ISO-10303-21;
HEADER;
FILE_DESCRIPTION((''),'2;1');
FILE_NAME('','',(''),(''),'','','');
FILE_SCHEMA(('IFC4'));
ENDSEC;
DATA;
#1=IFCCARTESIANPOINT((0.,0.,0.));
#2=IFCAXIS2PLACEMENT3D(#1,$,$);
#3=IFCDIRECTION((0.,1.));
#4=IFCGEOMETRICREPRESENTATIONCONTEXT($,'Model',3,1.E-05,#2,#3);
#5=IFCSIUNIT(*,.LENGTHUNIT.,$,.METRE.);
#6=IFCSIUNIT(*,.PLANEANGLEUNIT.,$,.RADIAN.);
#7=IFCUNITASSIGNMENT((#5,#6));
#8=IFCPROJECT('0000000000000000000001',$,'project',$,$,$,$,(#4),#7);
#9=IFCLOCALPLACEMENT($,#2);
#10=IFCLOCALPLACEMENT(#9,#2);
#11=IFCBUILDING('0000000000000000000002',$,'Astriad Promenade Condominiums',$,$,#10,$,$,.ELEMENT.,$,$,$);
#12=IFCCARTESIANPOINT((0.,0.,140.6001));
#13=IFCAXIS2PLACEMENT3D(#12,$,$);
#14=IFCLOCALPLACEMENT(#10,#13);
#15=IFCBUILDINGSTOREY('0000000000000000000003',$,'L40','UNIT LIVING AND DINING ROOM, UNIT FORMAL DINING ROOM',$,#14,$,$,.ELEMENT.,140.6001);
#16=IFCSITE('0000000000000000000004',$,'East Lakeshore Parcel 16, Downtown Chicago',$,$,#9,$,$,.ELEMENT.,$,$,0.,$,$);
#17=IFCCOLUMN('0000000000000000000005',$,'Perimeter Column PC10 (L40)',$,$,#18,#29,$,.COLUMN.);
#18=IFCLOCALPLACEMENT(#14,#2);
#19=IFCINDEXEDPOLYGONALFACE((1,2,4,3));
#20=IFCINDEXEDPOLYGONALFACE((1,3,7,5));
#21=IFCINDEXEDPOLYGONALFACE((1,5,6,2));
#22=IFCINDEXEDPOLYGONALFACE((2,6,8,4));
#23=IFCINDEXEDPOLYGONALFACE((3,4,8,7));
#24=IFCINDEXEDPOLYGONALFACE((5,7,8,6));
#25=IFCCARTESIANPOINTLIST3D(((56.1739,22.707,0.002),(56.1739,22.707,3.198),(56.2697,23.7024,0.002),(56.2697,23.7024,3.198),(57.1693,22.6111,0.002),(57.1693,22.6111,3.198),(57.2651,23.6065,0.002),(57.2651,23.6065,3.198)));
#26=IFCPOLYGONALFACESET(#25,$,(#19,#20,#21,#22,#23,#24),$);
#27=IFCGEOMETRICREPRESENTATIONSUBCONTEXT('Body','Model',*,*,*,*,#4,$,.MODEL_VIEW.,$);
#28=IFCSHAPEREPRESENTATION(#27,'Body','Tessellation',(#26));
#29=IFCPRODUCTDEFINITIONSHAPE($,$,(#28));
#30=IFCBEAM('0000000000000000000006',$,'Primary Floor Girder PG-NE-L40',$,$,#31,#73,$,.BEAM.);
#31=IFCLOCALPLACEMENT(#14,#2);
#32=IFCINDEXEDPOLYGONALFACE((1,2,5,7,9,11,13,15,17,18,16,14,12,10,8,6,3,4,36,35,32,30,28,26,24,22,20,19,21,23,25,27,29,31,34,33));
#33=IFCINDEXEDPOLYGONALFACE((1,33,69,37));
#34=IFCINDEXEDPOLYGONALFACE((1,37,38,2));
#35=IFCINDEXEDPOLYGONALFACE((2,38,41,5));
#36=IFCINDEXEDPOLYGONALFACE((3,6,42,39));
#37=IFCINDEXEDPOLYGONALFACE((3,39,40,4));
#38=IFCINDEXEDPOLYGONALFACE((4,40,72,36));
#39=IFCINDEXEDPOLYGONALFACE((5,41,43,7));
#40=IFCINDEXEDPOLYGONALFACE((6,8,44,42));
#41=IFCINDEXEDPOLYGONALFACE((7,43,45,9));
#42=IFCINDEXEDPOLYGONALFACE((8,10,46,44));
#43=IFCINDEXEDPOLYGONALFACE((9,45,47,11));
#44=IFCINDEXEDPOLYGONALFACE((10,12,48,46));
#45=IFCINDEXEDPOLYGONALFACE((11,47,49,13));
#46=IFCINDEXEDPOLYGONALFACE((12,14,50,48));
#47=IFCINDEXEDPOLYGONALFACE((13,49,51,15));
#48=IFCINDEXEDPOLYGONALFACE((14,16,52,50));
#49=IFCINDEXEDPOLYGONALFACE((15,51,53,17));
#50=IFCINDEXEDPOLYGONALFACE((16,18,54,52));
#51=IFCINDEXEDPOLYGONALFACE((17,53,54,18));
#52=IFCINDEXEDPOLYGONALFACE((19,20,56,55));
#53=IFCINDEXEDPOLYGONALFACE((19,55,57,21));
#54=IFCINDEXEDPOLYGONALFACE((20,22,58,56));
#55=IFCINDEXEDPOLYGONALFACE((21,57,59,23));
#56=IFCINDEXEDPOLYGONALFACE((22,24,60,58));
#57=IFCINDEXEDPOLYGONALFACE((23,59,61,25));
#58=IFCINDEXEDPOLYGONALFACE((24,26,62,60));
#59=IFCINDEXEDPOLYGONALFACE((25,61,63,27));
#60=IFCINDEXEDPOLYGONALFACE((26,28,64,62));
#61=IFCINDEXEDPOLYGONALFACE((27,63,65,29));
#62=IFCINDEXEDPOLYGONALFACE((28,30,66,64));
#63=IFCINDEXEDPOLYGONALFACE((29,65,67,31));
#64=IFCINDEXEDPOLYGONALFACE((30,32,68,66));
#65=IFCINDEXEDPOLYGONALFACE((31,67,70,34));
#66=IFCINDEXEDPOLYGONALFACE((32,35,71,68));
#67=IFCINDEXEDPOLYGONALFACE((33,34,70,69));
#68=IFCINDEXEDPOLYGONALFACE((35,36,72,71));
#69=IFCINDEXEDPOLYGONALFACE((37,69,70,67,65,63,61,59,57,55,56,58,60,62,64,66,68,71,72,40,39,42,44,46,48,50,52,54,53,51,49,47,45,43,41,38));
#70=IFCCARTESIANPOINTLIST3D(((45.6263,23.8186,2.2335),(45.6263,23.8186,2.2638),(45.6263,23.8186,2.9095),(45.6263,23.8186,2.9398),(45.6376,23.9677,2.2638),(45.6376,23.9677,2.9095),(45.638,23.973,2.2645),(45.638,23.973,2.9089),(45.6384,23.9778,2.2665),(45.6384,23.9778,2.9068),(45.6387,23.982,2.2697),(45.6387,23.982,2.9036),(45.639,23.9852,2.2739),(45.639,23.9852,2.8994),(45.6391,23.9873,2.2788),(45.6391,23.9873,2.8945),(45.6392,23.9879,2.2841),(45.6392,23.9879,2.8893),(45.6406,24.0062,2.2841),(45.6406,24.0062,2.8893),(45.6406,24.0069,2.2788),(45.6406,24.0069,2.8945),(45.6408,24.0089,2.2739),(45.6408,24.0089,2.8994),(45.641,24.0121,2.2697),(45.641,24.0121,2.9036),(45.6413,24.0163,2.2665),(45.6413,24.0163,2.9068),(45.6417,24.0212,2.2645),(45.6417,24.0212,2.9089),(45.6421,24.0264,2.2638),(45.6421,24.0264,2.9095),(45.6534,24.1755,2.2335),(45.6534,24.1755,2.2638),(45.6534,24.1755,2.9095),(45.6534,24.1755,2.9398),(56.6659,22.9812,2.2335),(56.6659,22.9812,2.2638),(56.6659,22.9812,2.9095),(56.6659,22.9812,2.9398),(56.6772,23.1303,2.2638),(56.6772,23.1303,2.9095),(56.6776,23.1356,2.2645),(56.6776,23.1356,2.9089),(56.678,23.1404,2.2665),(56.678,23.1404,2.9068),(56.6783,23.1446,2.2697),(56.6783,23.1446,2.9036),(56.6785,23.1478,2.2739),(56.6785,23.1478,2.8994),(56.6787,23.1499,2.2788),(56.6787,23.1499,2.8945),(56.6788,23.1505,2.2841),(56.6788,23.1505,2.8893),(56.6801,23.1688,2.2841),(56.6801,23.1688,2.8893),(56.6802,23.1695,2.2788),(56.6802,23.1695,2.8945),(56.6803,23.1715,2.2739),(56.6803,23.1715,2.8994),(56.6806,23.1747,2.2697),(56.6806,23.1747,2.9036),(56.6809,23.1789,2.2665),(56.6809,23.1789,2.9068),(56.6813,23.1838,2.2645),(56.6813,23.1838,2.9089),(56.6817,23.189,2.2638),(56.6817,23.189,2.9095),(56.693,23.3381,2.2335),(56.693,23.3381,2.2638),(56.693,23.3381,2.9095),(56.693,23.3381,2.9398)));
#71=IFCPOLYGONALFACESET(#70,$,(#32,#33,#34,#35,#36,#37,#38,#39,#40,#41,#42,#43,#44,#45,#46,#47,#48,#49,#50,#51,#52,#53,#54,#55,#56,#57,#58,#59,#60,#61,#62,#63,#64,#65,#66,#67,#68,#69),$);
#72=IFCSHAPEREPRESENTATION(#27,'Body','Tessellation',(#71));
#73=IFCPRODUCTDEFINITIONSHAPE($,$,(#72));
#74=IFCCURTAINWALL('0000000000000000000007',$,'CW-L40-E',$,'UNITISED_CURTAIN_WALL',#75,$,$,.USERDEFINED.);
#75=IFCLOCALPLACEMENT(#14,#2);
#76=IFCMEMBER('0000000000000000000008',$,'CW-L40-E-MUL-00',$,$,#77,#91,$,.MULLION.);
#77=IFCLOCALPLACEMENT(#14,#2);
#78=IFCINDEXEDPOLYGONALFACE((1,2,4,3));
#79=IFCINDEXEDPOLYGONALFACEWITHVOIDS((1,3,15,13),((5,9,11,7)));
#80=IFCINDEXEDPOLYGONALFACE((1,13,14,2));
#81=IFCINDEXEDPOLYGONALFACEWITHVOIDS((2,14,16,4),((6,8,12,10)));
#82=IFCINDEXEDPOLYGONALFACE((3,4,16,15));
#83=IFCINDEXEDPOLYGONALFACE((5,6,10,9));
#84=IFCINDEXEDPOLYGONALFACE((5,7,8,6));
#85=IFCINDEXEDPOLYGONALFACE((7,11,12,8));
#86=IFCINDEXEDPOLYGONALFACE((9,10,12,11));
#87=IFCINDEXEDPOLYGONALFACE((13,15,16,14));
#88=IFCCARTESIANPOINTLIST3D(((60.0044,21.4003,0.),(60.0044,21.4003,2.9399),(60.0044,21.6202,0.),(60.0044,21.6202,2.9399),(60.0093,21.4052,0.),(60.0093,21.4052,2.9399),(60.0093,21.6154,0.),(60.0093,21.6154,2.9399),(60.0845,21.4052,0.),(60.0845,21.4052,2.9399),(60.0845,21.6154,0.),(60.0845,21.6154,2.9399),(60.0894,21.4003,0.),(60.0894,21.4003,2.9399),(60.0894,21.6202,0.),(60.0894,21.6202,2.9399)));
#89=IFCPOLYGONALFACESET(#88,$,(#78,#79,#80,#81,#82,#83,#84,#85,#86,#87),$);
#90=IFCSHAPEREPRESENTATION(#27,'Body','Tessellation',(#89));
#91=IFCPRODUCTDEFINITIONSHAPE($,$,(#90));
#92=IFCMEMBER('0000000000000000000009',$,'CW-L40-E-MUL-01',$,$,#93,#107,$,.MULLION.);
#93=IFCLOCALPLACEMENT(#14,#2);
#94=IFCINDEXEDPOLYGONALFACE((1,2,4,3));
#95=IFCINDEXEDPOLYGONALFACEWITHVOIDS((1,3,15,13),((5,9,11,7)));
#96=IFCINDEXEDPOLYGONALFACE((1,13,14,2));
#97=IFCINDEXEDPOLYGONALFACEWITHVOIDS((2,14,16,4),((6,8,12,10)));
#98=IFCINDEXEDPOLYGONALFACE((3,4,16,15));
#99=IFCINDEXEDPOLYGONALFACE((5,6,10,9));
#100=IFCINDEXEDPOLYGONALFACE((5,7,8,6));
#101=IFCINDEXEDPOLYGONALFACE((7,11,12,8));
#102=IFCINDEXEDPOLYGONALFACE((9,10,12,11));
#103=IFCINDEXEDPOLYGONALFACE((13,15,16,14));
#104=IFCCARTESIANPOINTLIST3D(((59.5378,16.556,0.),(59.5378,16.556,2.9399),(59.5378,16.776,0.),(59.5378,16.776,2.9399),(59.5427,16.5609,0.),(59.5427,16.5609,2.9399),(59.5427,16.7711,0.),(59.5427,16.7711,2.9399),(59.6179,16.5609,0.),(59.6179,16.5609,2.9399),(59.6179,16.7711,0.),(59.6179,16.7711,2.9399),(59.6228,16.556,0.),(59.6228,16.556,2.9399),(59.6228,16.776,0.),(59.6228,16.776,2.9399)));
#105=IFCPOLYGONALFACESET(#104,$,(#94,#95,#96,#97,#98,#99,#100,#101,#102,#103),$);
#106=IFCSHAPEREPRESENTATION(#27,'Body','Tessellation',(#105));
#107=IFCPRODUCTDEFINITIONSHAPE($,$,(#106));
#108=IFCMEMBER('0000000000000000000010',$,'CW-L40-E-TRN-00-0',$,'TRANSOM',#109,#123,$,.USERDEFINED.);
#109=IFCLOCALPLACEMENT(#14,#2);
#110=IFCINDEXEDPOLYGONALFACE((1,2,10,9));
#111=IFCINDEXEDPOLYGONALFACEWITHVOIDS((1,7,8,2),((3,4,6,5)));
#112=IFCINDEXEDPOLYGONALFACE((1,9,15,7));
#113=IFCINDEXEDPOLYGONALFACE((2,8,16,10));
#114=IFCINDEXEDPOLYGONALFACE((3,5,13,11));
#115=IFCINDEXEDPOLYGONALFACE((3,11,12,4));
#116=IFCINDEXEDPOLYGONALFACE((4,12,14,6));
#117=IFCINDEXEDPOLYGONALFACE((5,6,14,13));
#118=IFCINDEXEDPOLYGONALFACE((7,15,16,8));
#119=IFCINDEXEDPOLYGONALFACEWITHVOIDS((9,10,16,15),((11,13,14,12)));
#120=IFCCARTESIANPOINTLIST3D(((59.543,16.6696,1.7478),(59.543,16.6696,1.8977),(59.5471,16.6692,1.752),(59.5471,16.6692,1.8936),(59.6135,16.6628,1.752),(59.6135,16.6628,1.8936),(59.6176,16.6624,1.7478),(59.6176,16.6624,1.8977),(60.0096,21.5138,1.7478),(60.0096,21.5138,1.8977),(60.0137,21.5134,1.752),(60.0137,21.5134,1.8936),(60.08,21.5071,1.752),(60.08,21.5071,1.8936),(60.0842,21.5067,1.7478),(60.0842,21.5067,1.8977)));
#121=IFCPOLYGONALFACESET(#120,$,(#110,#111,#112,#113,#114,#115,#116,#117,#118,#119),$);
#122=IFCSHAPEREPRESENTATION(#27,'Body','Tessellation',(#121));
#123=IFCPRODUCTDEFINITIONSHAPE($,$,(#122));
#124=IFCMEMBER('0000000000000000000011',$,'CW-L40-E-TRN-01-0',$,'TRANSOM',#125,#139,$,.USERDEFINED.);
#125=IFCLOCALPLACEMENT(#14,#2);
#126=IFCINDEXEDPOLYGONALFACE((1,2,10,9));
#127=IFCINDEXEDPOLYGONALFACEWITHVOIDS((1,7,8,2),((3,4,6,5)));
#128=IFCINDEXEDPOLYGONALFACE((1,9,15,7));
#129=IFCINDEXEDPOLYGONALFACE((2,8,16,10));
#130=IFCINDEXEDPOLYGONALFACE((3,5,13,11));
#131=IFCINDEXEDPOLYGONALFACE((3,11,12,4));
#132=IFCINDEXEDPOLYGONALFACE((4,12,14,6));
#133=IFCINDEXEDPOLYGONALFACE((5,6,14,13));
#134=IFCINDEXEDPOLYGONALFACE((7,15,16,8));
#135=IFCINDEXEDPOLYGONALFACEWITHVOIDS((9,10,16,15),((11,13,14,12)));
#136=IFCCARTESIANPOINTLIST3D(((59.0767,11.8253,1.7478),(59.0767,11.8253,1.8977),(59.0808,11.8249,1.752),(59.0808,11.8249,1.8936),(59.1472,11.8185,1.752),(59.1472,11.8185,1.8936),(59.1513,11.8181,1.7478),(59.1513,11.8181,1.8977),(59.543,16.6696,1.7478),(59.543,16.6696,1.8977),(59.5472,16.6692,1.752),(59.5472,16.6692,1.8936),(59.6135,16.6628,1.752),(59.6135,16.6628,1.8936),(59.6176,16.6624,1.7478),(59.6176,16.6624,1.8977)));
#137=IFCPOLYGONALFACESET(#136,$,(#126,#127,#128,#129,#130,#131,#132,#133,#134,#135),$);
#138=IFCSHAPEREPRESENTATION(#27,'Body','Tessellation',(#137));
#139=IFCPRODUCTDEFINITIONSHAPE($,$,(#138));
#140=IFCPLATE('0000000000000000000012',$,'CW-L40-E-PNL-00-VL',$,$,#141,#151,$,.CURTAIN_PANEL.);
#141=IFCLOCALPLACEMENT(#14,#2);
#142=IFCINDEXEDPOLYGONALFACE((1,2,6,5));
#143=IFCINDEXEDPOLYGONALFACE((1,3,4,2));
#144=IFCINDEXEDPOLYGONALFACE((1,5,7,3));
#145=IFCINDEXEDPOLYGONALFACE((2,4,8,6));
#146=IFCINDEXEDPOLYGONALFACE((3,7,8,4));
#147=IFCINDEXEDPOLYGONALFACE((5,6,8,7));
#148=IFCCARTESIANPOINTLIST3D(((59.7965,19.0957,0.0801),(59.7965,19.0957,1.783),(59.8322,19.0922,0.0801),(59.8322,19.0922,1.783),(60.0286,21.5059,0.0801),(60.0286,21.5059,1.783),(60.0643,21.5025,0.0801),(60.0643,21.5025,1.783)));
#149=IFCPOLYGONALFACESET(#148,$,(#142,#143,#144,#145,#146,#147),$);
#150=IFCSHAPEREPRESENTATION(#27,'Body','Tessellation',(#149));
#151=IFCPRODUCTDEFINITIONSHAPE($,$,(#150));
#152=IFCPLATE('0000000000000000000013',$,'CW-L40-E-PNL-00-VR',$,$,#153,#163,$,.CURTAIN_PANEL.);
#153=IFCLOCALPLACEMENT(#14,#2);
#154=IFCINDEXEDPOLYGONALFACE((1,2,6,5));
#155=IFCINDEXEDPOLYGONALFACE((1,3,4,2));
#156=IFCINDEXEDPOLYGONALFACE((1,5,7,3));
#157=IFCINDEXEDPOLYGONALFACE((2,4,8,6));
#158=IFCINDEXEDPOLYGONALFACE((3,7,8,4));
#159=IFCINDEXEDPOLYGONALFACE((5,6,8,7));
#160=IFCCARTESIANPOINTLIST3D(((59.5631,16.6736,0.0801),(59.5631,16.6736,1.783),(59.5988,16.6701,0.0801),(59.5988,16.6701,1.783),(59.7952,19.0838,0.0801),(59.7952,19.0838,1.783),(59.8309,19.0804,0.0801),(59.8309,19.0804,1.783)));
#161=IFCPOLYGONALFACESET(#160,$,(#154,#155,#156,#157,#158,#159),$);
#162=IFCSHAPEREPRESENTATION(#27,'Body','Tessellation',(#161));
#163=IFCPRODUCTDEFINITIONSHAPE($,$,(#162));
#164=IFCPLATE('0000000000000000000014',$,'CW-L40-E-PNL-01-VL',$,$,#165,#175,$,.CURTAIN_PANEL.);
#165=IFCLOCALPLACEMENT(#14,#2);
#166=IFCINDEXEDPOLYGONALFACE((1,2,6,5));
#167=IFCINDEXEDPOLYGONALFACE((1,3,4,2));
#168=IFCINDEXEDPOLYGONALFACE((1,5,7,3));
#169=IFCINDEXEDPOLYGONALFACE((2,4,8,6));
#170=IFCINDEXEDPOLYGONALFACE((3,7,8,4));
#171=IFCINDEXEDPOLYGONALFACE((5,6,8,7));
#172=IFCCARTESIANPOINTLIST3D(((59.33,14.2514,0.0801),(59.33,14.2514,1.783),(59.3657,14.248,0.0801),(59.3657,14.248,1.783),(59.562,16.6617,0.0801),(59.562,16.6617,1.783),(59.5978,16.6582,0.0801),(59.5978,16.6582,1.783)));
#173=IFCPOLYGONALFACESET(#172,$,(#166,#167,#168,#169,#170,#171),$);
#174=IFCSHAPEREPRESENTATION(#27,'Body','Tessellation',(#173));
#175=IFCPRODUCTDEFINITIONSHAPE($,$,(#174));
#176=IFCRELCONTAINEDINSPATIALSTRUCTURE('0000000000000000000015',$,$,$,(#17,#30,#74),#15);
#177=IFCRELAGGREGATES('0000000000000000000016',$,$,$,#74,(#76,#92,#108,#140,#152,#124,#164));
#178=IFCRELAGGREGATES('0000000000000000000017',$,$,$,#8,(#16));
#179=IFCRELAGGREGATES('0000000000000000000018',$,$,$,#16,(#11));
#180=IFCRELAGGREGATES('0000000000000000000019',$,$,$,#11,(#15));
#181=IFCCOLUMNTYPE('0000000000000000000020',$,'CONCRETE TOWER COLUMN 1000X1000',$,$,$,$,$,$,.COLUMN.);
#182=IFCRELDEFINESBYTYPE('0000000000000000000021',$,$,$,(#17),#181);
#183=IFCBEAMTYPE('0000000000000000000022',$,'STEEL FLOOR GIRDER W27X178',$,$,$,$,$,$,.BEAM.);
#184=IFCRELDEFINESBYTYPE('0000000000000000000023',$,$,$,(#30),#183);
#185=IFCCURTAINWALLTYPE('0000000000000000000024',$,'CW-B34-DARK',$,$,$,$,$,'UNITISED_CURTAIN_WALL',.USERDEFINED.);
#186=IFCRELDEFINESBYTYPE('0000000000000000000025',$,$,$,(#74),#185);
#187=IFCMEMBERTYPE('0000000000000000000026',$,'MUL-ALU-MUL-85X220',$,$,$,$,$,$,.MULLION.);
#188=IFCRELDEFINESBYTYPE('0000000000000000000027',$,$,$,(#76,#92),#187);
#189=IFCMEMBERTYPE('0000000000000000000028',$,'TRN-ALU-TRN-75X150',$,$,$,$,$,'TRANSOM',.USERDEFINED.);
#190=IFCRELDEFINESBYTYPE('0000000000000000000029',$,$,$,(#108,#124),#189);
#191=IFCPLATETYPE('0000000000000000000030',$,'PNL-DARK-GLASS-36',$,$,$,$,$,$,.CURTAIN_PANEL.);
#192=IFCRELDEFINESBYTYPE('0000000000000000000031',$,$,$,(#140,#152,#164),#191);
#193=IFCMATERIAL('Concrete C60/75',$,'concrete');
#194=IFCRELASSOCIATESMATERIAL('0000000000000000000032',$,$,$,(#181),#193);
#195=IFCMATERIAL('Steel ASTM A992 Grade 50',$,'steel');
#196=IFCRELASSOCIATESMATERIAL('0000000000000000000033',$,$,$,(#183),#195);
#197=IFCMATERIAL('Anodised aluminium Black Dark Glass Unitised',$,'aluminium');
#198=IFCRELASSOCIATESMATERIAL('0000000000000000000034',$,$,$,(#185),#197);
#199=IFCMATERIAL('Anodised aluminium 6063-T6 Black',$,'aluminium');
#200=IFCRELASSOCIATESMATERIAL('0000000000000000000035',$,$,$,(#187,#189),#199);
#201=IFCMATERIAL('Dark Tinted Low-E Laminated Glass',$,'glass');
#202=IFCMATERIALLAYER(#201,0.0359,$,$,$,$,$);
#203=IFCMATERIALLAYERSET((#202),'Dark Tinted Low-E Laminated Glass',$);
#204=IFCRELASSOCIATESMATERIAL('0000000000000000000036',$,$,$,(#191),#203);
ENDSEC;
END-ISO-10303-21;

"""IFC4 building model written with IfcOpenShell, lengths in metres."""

from ifc_helpers import new_model, si_unit, direction, frame, origin, origin_2d, place, context, subcontext, project, spatial, rectangle, hollow_rectangle, i_section, extrude, source, transform, mapped, material, layer, layer_set, material_profile, profile_set, type_object, type_shapes, element, aggregate, save


model = new_model("IFC4")

# Units and contexts
model_context = context("Model", 3, precision=1e-05, world=origin(), true_north=direction((0.0, 1.0)))
body_context = subcontext(model_context, "Body", "Model", "MODEL_VIEW")
ifc_project = project(units=[si_unit("LENGTHUNIT", "METRE"), si_unit("PLANEANGLEUNIT", "RADIAN")], contexts=[model_context])

# Site, building, storey
site_placement = place(None, origin())
site = spatial("IfcSite", under=ifc_project, at=site_placement, Name="East Lakeshore Parcel 16, Downtown Chicago", CompositionType="ELEMENT", RefElevation=0.0)
building_placement = place(site_placement, origin())
building = spatial("IfcBuilding", under=site, at=building_placement, Name="Astriad Promenade Condominiums", CompositionType="ELEMENT")
storey_placement = place(building_placement, frame((0.0, 0.0, 140.6001)))
storey = spatial("IfcBuildingStorey", under=building, at=storey_placement, Name="L40", Description="UNIT LIVING AND DINING ROOM, UNIT FORMAL DINING ROOM", CompositionType="ELEMENT", Elevation=140.6001)

# Column
ifc_material_1 = material(Name="Concrete C60/75", Category="concrete")
ifc_material_profile_1 = material_profile(ifc_material_1, rectangle(XDim=1.0, YDim=1.0, at=origin_2d()), Name="RC-COL-1000X1000")
ifc_profile_set_1 = profile_set([ifc_material_profile_1], Name="Concrete C60/75")
column_type = type_object("IfcColumnType", Name="CONCRETE TOWER COLUMN 1000X1000", PredefinedType="COLUMN", material=ifc_profile_set_1)
shared_shape_1 = source(origin(), body_context, "Body", "SweptSolid", [
    extrude(rectangle(XDim=1.0, YDim=1.0, at=origin_2d()), origin(), (0.0, 0.0, 1.0), 3.196),
])
type_shapes(column_type, [shared_shape_1])
column_placement = place(storey_placement, frame((56.7195, 23.1567, 0.002), z_axis=(0.0, 0.0, 1.0), x_axis=(0.995396, -0.095846, 0.0)))
element("IfcColumn", 1, at=column_placement, inside=storey, type_object=column_type, Name="Perimeter Column PC10 (L40)", PredefinedType="COLUMN", context=body_context, shape_type="MappedRepresentation", body=[
    mapped(shared_shape_1, transform((0.0, 0.0, 0.0), scale=1.0)),
])

# Beam
ifc_material_2 = material(Name="Steel ASTM A992 Grade 50", Category="steel")
ifc_material_profile_2 = material_profile(ifc_material_2, i_section(OverallWidth=0.3579, OverallDepth=0.7063, WebThickness=0.0183, FlangeThickness=0.0303, FilletRadius=0.0203, at=origin_2d()), Name="W27X178")
ifc_profile_set_2 = profile_set([ifc_material_profile_2], Name="Steel ASTM A992 Grade 50")
beam_type = type_object("IfcBeamType", Name="STEEL FLOOR GIRDER W27X178", PredefinedType="BEAM", material=ifc_profile_set_2)
shared_shape_2 = source(origin(), body_context, "Body", "SweptSolid", [
    extrude(i_section(OverallWidth=0.3579, OverallDepth=0.7063, WebThickness=0.0183, FlangeThickness=0.0303, FilletRadius=0.0203, at=origin_2d()), origin(), (0.0, 0.0, 1.0), 11.0713),
])
type_shapes(beam_type, [shared_shape_2])
beam_placement = place(storey_placement, frame((56.6794, 23.1597, 2.5867), z_axis=(-0.997135, 0.075637, 0.0), x_axis=(-0.075637, -0.997135, 0.0)))
element("IfcBeam", 2, at=beam_placement, inside=storey, type_object=beam_type, Name="Primary Floor Girder PG-NE-L40", PredefinedType="BEAM", context=body_context, shape_type="MappedRepresentation", body=[
    mapped(shared_shape_2, transform((0.0, 0.0, 0.0), scale=1.0)),
])

# Curtain wall, members, plates
ifc_material_3 = material(Name="Anodised aluminium Black Dark Glass Unitised", Category="aluminium")
curtain_wall_type = type_object("IfcCurtainWallType", Name="CW-B34-DARK", ElementType="UNITISED_CURTAIN_WALL", PredefinedType="USERDEFINED", material=ifc_material_3)
curtain_wall_placement = place(storey_placement, origin())
curtain_wall = element("IfcCurtainWall", 3, at=curtain_wall_placement, inside=storey, type_object=curtain_wall_type, Name="CW-L40-E", ObjectType="UNITISED_CURTAIN_WALL", PredefinedType="USERDEFINED")
ifc_material_4 = material(Name="Anodised aluminium 6063-T6 Black", Category="aluminium")
ifc_material_profile_3 = material_profile(ifc_material_4, hollow_rectangle(XDim=0.085, YDim=0.22, WallThickness=0.0049, at=origin_2d()), Name="ALU-MUL-85X220")
ifc_profile_set_3 = profile_set([ifc_material_profile_3], Name="Anodised aluminium 6063-T6 Black")
member_type_1 = type_object("IfcMemberType", Name="MUL-ALU-MUL-85X220", PredefinedType="MULLION", material=ifc_profile_set_3)
shared_shape_3 = source(origin(), body_context, "Body", "SweptSolid", [
    extrude(hollow_rectangle(XDim=0.085, YDim=0.22, WallThickness=0.0049, at=origin_2d()), origin(), (0.0, 0.0, 1.0), 2.9399),
])
type_shapes(member_type_1, [shared_shape_3])
member_1_placement = place(storey_placement, frame((60.0469, 21.5103, 0.0), z_axis=(0.0, 0.0, 1.0), x_axis=(1.0, 0.0, 0.0)))
member_1 = element("IfcMember", 4, at=member_1_placement, type_object=member_type_1, Name="CW-L40-E-MUL-00", PredefinedType="MULLION", context=body_context, shape_type="MappedRepresentation", body=[
    mapped(shared_shape_3, transform((0.0, 0.0, 0.0), scale=1.0)),
])
member_2_placement = place(storey_placement, frame((59.5803, 16.666, 0.0), z_axis=(0.0, 0.0, 1.0), x_axis=(1.0, 0.0, 0.0)))
member_2 = element("IfcMember", 5, at=member_2_placement, type_object=member_type_1, Name="CW-L40-E-MUL-01", PredefinedType="MULLION", context=body_context, shape_type="MappedRepresentation", body=[
    mapped(shared_shape_3, transform((0.0, 0.0, 0.0), scale=1.0)),
])
ifc_material_profile_4 = material_profile(ifc_material_4, hollow_rectangle(XDim=0.075, YDim=0.1499, WallThickness=0.0042, at=origin_2d()), Name="ALU-TRN-75X150")
ifc_profile_set_4 = profile_set([ifc_material_profile_4], Name="Anodised aluminium 6063-T6 Black")
member_type_2 = type_object("IfcMemberType", Name="TRN-ALU-TRN-75X150", ElementType="TRANSOM", PredefinedType="USERDEFINED", material=ifc_profile_set_4)
shared_shape_4 = source(origin(), body_context, "Body", "SweptSolid", [
    extrude(hollow_rectangle(XDim=0.075, YDim=0.1499, WallThickness=0.0042, at=origin_2d()), origin(), (0.0, 0.0, 1.0), 4.8667),
])
type_shapes(member_type_2, [shared_shape_4])
member_3_placement = place(storey_placement, frame((60.0469, 21.5103, 1.8228), z_axis=(-0.095867, -0.995394, 0.0), x_axis=(0.995394, -0.095867, 0.0)))
member_3 = element("IfcMember", 6, at=member_3_placement, type_object=member_type_2, Name="CW-L40-E-TRN-00-0", ObjectType="TRANSOM", PredefinedType="USERDEFINED", context=body_context, shape_type="MappedRepresentation", body=[
    mapped(shared_shape_4, transform((0.0, 0.0, 0.0), scale=1.0)),
])
member_4_placement = place(storey_placement, frame((59.5803, 16.666, 1.8228), z_axis=(-0.095818, -0.995399, 0.0), x_axis=(0.995399, -0.095818, 0.0)))
member_4 = element("IfcMember", 7, at=member_4_placement, type_object=member_type_2, Name="CW-L40-E-TRN-01-0", ObjectType="TRANSOM", PredefinedType="USERDEFINED", context=body_context, shape_type="MappedRepresentation", body=[
    mapped(shared_shape_4, transform((0.0, 0.0, 0.0), scale=1.0)),
])
ifc_material_5 = material(Name="Dark Tinted Low-E Laminated Glass", Category="glass")
ifc_layer_1 = layer(ifc_material_5, 0.0359)
ifc_layer_set_1 = layer_set([ifc_layer_1], Name="Dark Tinted Low-E Laminated Glass")
plate_type = type_object("IfcPlateType", Name="PNL-DARK-GLASS-36", PredefinedType="CURTAIN_PANEL", material=ifc_layer_set_1)
shared_shape_5 = source(origin(), body_context, "Body", "SweptSolid", [
    extrude(rectangle(XDim=2.4214, YDim=0.0359, at=origin_2d()), origin(), (0.0, 0.0, 1.0), 1.7029),
])
plate_1_placement = place(storey_placement, frame((59.9304, 20.2991, 0.0801), z_axis=(0.0, 0.0, 1.0), x_axis=(-0.095846, -0.995396, 0.0)))
plate_1 = element("IfcPlate", 8, at=plate_1_placement, type_object=plate_type, Name="CW-L40-E-PNL-00-VL", PredefinedType="CURTAIN_PANEL", context=body_context, shape_type="MappedRepresentation", body=[
    mapped(shared_shape_5, transform((0.0, 0.0, 0.0), scale=1.0)),
])
plate_2_placement = place(storey_placement, frame((59.697, 17.877, 0.0801), z_axis=(0.0, 0.0, 1.0), x_axis=(-0.095846, -0.995396, 0.0)))
plate_2 = element("IfcPlate", 9, at=plate_2_placement, type_object=plate_type, Name="CW-L40-E-PNL-00-VR", PredefinedType="CURTAIN_PANEL", context=body_context, shape_type="MappedRepresentation", body=[
    mapped(shared_shape_5, transform((0.0, 0.0, 0.0), scale=1.0)),
])
plate_3_placement = place(storey_placement, frame((59.4639, 15.4548, 0.0801), z_axis=(0.0, 0.0, 1.0), x_axis=(-0.095846, -0.995396, 0.0)))
plate_3 = element("IfcPlate", 10, at=plate_3_placement, type_object=plate_type, Name="CW-L40-E-PNL-01-VL", PredefinedType="CURTAIN_PANEL", context=body_context, shape_type="MappedRepresentation", body=[
    mapped(shared_shape_5, transform((0.0, 0.0, 0.0), scale=1.0)),
])
aggregate(curtain_wall, [member_1, member_2, member_3, plate_1, plate_2, member_4, plate_3])

save(model, "model.ifc")
